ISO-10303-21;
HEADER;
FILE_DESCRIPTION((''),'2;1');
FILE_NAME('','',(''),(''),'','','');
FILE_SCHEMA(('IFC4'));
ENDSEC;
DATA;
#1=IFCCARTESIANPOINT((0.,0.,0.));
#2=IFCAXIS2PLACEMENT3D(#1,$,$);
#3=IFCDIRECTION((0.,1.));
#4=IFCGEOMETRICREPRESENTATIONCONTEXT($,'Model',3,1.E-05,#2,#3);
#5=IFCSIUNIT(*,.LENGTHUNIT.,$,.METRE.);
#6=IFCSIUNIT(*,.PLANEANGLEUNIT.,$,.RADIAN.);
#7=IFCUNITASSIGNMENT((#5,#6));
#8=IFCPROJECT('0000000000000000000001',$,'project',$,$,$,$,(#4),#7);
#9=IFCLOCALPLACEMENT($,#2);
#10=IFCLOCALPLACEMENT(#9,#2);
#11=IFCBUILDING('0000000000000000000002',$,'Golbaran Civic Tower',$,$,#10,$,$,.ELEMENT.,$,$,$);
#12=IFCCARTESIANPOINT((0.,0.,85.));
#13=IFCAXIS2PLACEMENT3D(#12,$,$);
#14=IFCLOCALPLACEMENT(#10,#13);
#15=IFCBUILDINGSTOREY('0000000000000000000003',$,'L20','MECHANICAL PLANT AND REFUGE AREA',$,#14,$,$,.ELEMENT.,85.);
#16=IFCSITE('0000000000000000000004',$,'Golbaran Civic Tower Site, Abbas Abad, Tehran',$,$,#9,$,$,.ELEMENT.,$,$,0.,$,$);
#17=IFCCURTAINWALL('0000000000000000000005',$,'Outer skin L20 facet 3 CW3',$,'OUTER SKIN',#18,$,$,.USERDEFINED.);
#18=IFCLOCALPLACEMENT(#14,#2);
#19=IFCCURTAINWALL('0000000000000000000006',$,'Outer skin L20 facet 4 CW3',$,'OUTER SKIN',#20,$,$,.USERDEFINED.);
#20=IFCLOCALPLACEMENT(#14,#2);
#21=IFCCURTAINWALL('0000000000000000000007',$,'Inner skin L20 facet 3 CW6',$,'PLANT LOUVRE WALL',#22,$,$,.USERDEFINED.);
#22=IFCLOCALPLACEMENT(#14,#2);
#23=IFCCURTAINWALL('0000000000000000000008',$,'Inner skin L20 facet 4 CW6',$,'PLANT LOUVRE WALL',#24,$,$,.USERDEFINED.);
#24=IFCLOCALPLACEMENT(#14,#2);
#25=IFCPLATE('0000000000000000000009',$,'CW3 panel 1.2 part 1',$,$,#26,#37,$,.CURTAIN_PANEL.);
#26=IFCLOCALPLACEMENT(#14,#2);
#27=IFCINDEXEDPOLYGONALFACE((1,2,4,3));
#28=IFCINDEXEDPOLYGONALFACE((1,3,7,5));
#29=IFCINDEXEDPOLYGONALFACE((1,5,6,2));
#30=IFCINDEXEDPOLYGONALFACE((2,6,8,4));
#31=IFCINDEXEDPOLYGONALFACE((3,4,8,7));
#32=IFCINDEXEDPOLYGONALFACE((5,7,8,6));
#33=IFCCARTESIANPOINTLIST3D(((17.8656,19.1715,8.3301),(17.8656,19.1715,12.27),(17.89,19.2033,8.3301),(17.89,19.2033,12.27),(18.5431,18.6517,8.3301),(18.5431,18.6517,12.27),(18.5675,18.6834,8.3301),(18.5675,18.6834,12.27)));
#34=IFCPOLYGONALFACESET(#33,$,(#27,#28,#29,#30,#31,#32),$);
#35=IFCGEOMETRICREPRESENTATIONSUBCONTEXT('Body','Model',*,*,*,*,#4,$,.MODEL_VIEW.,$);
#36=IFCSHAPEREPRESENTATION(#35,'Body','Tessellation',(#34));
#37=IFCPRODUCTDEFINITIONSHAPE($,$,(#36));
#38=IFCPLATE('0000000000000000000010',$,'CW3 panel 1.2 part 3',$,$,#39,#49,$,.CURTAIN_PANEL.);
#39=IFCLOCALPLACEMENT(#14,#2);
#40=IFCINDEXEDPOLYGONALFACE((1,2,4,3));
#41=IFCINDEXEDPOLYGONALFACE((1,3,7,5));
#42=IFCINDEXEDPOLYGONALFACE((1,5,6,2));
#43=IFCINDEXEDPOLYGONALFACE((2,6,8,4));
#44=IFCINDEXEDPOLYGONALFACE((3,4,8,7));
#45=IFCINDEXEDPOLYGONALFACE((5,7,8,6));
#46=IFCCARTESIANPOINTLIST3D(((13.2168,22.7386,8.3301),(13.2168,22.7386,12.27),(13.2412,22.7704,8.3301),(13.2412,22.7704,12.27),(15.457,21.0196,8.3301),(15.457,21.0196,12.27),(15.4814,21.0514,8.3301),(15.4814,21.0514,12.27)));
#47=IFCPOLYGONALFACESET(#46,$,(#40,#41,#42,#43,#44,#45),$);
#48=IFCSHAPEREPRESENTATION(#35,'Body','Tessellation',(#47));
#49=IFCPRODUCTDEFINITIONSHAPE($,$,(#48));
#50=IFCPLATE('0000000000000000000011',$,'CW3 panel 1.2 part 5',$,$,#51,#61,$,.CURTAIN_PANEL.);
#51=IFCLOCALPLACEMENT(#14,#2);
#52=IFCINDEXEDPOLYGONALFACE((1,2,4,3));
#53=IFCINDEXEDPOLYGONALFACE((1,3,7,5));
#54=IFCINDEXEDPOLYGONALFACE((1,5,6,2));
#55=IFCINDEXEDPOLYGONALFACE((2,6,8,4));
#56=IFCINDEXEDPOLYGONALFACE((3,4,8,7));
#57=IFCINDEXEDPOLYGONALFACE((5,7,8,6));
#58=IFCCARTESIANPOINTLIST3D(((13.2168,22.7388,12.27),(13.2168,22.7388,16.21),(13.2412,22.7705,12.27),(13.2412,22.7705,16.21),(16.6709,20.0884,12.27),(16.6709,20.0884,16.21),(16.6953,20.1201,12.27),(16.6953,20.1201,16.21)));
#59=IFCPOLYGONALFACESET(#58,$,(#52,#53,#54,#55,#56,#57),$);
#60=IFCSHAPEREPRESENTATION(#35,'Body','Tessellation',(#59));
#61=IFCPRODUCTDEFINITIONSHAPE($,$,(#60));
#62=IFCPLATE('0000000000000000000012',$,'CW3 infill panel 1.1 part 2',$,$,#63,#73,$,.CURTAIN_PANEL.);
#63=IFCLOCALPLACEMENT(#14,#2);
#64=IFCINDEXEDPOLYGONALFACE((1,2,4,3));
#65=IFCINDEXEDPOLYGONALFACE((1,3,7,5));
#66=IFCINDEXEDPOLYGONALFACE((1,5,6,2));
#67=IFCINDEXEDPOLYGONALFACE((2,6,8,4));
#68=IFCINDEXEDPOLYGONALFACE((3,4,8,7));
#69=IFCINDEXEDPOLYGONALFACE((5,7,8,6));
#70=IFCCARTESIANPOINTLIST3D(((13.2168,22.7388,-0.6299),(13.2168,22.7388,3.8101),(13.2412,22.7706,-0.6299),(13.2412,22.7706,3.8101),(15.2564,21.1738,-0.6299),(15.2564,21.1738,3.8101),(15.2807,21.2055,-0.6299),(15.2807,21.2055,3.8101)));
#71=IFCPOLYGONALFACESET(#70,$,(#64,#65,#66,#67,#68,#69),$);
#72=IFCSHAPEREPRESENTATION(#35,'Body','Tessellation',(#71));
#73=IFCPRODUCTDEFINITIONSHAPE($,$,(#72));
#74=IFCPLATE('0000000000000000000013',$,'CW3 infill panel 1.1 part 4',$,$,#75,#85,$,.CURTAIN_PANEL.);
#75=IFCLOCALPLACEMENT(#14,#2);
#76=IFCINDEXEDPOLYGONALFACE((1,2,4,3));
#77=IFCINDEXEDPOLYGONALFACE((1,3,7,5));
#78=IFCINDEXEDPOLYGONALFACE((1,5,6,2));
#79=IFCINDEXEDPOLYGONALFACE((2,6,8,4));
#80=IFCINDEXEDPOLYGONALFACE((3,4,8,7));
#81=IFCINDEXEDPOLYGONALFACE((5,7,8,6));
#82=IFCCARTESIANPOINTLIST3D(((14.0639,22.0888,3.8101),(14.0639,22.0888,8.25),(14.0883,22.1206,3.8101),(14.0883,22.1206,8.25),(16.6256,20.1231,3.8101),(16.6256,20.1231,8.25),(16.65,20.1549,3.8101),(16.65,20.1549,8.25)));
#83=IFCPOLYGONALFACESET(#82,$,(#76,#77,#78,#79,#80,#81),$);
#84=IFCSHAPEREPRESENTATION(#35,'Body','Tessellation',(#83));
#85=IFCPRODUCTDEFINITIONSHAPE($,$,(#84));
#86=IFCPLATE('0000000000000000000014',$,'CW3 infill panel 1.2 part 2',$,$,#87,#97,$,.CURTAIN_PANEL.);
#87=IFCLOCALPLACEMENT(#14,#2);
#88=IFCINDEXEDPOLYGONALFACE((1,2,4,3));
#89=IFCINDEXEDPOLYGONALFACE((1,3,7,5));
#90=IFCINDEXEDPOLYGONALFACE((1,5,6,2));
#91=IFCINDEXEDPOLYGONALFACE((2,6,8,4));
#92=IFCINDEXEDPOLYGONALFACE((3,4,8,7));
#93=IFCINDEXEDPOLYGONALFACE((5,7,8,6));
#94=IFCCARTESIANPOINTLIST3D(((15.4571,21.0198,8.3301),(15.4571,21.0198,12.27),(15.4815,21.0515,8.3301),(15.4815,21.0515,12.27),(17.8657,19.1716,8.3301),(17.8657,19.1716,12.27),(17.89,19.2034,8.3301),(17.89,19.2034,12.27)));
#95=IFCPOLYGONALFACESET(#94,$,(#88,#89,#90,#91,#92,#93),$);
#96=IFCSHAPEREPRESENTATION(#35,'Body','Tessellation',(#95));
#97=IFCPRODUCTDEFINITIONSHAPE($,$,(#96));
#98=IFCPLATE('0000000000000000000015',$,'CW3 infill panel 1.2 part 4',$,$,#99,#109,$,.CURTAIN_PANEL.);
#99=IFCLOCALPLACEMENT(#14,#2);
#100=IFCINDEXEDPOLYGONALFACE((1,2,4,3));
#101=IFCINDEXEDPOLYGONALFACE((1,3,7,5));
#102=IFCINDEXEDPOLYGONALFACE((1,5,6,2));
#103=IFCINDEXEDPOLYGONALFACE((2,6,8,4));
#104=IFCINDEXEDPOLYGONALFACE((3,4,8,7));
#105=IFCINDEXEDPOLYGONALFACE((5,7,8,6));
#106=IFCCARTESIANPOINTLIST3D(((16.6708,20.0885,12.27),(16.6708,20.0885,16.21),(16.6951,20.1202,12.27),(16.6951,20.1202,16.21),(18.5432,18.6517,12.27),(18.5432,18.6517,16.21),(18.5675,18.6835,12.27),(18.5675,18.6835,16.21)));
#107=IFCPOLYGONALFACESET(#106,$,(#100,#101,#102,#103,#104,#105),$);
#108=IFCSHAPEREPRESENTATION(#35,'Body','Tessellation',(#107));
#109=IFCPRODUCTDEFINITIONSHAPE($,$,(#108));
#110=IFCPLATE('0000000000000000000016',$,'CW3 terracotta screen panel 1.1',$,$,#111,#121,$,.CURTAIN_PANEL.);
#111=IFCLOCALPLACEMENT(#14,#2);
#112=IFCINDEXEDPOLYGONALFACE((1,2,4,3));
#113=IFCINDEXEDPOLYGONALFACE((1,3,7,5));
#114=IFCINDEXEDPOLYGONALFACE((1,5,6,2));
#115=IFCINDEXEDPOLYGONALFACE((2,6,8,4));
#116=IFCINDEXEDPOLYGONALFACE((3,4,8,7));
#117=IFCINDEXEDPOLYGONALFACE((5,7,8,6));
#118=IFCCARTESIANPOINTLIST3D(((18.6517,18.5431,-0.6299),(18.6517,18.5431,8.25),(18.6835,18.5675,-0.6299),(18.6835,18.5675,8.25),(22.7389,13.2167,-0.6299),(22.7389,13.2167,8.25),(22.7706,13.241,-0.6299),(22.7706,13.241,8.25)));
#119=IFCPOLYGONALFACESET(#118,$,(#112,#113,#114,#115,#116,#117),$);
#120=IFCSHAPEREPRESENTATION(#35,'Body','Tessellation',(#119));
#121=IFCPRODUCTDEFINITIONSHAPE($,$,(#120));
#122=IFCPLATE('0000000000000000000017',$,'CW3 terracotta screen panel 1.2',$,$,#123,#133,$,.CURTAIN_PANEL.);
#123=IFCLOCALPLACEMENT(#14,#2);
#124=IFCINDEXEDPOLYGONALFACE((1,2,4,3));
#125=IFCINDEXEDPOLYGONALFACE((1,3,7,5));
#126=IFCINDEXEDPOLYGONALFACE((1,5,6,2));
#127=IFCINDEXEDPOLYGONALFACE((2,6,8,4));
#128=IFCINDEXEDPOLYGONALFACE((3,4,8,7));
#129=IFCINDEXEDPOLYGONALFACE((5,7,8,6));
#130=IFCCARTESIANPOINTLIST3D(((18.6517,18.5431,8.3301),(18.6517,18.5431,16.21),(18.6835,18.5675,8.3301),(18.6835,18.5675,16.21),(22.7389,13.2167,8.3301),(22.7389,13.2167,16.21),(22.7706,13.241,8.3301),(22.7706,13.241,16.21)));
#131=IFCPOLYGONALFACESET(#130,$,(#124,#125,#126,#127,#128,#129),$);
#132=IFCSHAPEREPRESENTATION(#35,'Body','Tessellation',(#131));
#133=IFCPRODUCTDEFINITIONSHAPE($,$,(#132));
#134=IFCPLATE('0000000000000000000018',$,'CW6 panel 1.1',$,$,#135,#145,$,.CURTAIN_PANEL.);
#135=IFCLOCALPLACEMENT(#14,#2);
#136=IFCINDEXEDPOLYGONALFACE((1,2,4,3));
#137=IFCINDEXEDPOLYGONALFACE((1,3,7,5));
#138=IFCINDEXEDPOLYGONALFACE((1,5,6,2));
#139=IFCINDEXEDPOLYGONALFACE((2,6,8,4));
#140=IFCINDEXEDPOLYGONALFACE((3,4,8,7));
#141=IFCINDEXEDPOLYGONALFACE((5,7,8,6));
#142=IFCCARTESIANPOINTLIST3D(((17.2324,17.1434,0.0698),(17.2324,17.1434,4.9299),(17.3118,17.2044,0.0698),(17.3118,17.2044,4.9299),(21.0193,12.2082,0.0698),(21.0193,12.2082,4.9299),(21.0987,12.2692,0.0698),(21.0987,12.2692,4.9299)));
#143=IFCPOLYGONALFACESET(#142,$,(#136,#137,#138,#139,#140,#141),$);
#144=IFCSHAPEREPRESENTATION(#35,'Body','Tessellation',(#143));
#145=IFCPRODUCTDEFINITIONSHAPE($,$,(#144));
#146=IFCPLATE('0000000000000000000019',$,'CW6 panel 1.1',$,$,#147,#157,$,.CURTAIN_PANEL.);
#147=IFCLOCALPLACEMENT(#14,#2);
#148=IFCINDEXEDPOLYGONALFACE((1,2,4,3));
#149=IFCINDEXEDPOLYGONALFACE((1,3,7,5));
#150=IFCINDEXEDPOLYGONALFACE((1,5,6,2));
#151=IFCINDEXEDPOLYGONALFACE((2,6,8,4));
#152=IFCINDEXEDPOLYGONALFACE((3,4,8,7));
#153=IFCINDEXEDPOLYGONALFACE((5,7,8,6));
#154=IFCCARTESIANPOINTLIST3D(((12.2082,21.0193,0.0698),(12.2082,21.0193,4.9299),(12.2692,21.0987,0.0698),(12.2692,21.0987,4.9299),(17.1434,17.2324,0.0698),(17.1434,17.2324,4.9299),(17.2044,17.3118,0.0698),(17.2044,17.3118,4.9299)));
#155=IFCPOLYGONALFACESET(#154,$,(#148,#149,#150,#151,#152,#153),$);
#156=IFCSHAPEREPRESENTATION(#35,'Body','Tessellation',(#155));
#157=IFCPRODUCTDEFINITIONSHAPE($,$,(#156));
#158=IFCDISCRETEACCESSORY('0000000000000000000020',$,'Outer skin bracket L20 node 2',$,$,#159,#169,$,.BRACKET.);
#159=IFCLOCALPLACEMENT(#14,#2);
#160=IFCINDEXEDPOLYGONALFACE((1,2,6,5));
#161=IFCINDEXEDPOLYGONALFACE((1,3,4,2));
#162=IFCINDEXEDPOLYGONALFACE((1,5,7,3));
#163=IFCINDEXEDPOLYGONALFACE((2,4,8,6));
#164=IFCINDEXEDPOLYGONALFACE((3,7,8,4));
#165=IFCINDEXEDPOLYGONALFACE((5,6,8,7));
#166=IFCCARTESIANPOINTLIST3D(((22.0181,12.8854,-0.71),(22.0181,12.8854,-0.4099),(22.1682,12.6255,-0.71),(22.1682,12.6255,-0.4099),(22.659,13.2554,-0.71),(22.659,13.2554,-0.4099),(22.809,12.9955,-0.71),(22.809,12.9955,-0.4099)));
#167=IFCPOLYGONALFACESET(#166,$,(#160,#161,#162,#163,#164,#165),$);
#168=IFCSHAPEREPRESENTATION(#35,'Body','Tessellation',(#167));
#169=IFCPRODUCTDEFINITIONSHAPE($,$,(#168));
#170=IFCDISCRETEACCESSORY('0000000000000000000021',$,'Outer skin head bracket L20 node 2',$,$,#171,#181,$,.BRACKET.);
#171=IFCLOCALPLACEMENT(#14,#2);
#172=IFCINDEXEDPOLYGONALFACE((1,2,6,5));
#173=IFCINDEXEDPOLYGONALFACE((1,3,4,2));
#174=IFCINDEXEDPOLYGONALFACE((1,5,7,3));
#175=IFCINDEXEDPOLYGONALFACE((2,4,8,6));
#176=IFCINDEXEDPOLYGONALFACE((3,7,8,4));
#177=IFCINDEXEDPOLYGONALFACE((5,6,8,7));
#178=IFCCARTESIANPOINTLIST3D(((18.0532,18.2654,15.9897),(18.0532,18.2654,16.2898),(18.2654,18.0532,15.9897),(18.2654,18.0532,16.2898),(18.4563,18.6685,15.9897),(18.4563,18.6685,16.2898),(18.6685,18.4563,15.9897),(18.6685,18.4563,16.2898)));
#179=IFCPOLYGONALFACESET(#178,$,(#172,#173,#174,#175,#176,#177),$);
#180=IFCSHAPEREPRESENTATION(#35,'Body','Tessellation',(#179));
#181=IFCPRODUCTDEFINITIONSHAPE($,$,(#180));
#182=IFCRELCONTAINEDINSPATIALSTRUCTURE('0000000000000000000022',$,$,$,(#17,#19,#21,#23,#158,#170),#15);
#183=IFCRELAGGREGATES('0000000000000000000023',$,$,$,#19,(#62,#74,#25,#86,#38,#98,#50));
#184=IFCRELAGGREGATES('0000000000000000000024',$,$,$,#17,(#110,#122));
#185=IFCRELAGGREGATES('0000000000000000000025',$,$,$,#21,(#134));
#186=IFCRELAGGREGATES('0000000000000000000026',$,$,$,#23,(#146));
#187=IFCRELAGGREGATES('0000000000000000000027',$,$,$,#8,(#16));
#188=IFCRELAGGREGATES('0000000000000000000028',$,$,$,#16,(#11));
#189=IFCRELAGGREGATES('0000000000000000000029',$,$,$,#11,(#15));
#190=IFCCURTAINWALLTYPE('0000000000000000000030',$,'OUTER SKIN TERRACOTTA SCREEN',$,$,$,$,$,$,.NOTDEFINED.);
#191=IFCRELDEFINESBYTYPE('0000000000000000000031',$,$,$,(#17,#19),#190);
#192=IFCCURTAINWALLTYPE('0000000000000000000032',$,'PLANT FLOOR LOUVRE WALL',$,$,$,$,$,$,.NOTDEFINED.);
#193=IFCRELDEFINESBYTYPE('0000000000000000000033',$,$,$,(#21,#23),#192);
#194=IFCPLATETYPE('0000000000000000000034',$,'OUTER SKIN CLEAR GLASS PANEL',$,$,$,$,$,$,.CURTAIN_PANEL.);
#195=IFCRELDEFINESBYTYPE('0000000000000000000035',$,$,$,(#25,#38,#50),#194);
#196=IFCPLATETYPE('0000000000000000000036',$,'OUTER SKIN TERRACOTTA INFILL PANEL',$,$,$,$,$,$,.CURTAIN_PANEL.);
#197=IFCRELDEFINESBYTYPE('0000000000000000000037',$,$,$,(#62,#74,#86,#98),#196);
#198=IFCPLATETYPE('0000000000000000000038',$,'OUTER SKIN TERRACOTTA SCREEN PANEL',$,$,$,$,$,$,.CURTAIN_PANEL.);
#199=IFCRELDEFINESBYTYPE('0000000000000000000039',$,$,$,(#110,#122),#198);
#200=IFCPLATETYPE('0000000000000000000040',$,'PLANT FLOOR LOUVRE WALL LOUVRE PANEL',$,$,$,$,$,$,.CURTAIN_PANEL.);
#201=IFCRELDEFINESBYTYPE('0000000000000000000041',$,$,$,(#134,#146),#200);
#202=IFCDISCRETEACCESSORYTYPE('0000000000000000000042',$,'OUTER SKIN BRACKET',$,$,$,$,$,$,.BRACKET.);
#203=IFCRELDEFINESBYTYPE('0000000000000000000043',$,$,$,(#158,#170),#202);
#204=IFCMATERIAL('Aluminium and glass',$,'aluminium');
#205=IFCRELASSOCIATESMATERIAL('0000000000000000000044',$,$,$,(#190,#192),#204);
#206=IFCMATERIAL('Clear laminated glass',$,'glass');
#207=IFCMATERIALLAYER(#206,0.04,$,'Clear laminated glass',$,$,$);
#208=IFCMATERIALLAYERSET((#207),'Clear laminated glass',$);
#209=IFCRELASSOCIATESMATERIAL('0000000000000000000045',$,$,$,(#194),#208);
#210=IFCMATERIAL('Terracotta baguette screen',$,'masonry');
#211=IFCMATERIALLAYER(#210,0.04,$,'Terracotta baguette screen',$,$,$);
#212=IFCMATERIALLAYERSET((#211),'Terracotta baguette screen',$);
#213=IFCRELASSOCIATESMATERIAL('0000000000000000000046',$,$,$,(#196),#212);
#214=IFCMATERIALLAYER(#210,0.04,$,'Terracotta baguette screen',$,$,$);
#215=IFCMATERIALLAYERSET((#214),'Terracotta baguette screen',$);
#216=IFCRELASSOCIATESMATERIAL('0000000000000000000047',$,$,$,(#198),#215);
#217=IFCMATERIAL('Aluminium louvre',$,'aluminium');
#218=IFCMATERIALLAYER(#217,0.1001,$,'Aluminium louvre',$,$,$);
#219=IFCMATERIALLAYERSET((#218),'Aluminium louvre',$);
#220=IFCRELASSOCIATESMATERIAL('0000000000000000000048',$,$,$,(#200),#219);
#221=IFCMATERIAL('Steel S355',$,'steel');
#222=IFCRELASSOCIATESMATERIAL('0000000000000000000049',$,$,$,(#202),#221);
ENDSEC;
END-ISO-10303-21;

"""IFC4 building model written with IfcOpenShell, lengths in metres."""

from ifc_helpers import new_model, si_unit, direction, frame, origin, origin_2d, place, context, subcontext, project, spatial, rectangle, extrude, material, layer, layer_set, type_object, element, aggregate, save


model = new_model("IFC4")

# Units and contexts
model_context = context("Model", 3, precision=1e-05, world=origin(), true_north=direction((0.0, 1.0)))
body_context = subcontext(model_context, "Body", "Model", "MODEL_VIEW")
ifc_project = project(units=[si_unit("LENGTHUNIT", "METRE"), si_unit("PLANEANGLEUNIT", "RADIAN")], contexts=[model_context])

# Site, building, storey
site_placement = place(None, origin())
site = spatial("IfcSite", under=ifc_project, at=site_placement, Name="Golbaran Civic Tower Site, Abbas Abad, Tehran", CompositionType="ELEMENT", RefElevation=0.0)
building_placement = place(site_placement, origin())
building = spatial("IfcBuilding", under=site, at=building_placement, Name="Golbaran Civic Tower", CompositionType="ELEMENT")
storey_placement = place(building_placement, frame((0.0, 0.0, 85.0)))
storey = spatial("IfcBuildingStorey", under=building, at=storey_placement, Name="L20", Description="MECHANICAL PLANT AND REFUGE AREA", CompositionType="ELEMENT", Elevation=85.0)

# Shared definitions
ifc_material_1 = material(Name="Steel S355", Category="steel")

# Shared definitions
ifc_material_2 = material(Name="Aluminium and glass", Category="aluminium")
curtain_wall_type_1 = type_object("IfcCurtainWallType", Name="OUTER SKIN TERRACOTTA SCREEN", PredefinedType="NOTDEFINED", material=ifc_material_2)

# Curtain walls
curtain_wall_1_placement = place(storey_placement, origin())
curtain_wall_1 = element("IfcCurtainWall", 1, at=curtain_wall_1_placement, inside=storey, type_object=curtain_wall_type_1, Name="Outer skin L20 facet 3 CW3", ObjectType="OUTER SKIN", PredefinedType="USERDEFINED")
curtain_wall_2_placement = place(storey_placement, origin())
curtain_wall_2 = element("IfcCurtainWall", 2, at=curtain_wall_2_placement, inside=storey, type_object=curtain_wall_type_1, Name="Outer skin L20 facet 4 CW3", ObjectType="OUTER SKIN", PredefinedType="USERDEFINED")

# Shared definitions
curtain_wall_type_2 = type_object("IfcCurtainWallType", Name="PLANT FLOOR LOUVRE WALL", PredefinedType="NOTDEFINED", material=ifc_material_2)

# Curtain wall
curtain_wall_3_placement = place(storey_placement, origin())
curtain_wall_3 = element("IfcCurtainWall", 3, at=curtain_wall_3_placement, inside=storey, type_object=curtain_wall_type_2, Name="Inner skin L20 facet 3 CW6", ObjectType="PLANT LOUVRE WALL", PredefinedType="USERDEFINED")

# Curtain wall
curtain_wall_4_placement = place(storey_placement, origin())
curtain_wall_4 = element("IfcCurtainWall", 4, at=curtain_wall_4_placement, inside=storey, type_object=curtain_wall_type_2, Name="Inner skin L20 facet 4 CW6", ObjectType="PLANT LOUVRE WALL", PredefinedType="USERDEFINED")

# Plates
ifc_material_3 = material(Name="Clear laminated glass", Category="glass")
ifc_layer_1 = layer(ifc_material_3, 0.04, Name="Clear laminated glass")
ifc_layer_set_1 = layer_set([ifc_layer_1], Name="Clear laminated glass")
plate_type_1 = type_object("IfcPlateType", Name="OUTER SKIN CLEAR GLASS PANEL", PredefinedType="CURTAIN_PANEL", material=ifc_layer_set_1)
plate_1_placement = place(storey_placement, frame((18.2166, 18.9275, 8.3301), z_axis=(0.0, 0.0, 1.0), x_axis=(-0.793353, 0.608761, 0.0)))
plate_1 = element("IfcPlate", 5, at=plate_1_placement, type_object=plate_type_1, Name="CW3 panel 1.2 part 1", PredefinedType="CURTAIN_PANEL", context=body_context, shape_type="SweptSolid", body=[
    extrude(rectangle(XDim=0.854, YDim=0.04, at=origin_2d()), origin(), (0.0, 0.0, 1.0), 3.9399),
])
plate_2_placement = place(storey_placement, frame((14.3491, 21.895, 8.3301), z_axis=(0.0, 0.0, 1.0), x_axis=(-0.793353, 0.608761, 0.0)))
plate_2 = element("IfcPlate", 6, at=plate_2_placement, type_object=plate_type_1, Name="CW3 panel 1.2 part 3", PredefinedType="CURTAIN_PANEL", context=body_context, shape_type="SweptSolid", body=[
    extrude(rectangle(XDim=2.8237, YDim=0.04, at=origin_2d()), origin(), (0.0, 0.0, 1.0), 3.9399),
])
plate_3_placement = place(storey_placement, frame((14.9561, 21.4294, 12.27), z_axis=(0.0, 0.0, 1.0), x_axis=(-0.793353, 0.608761, 0.0)))
plate_3 = element("IfcPlate", 7, at=plate_3_placement, type_object=plate_type_1, Name="CW3 panel 1.2 part 5", PredefinedType="CURTAIN_PANEL", context=body_context, shape_type="SweptSolid", body=[
    extrude(rectangle(XDim=4.3538, YDim=0.04, at=origin_2d()), origin(), (0.0, 0.0, 1.0), 3.9399),
])
ifc_material_4 = material(Name="Terracotta baguette screen", Category="masonry")
ifc_layer_2 = layer(ifc_material_4, 0.04, Name="Terracotta baguette screen")
ifc_layer_set_2 = layer_set([ifc_layer_2], Name="Terracotta baguette screen")
plate_type_2 = type_object("IfcPlateType", Name="OUTER SKIN TERRACOTTA INFILL PANEL", PredefinedType="CURTAIN_PANEL", material=ifc_layer_set_2)
plate_4_placement = place(storey_placement, frame((14.2488, 21.9722, -0.6299), z_axis=(0.0, 0.0, 1.0), x_axis=(-0.793353, 0.608761, 0.0)))
plate_4 = element("IfcPlate", 8, at=plate_4_placement, type_object=plate_type_2, Name="CW3 infill panel 1.1 part 2", PredefinedType="CURTAIN_PANEL", context=body_context, shape_type="SweptSolid", body=[
    extrude(rectangle(XDim=2.5708, YDim=0.04, at=origin_2d()), origin(), (0.0, 0.0, 1.0), 4.4399),
])
plate_5_placement = place(storey_placement, frame((15.3569, 21.1218, 3.8101), z_axis=(0.0, 0.0, 1.0), x_axis=(-0.793353, 0.608761, 0.0)))
plate_5 = element("IfcPlate", 9, at=plate_5_placement, type_object=plate_type_2, Name="CW3 infill panel 1.1 part 4", PredefinedType="CURTAIN_PANEL", context=body_context, shape_type="SweptSolid", body=[
    extrude(rectangle(XDim=3.229, YDim=0.04, at=origin_2d()), origin(), (0.0, 0.0, 1.0), 4.4399),
])
plate_6_placement = place(storey_placement, frame((16.6736, 20.1116, 8.3301), z_axis=(0.0, 0.0, 1.0), x_axis=(-0.793353, 0.608761, 0.0)))
plate_6 = element("IfcPlate", 10, at=plate_6_placement, type_object=plate_type_2, Name="CW3 infill panel 1.2 part 2", PredefinedType="CURTAIN_PANEL", context=body_context, shape_type="SweptSolid", body=[
    extrude(rectangle(XDim=3.0359, YDim=0.04, at=origin_2d()), origin(), (0.0, 0.0, 1.0), 3.9399),
])
plate_7_placement = place(storey_placement, frame((17.6191, 19.386, 12.27), z_axis=(0.0, 0.0, 1.0), x_axis=(-0.793353, 0.608761, 0.0)))
plate_7 = element("IfcPlate", 11, at=plate_7_placement, type_object=plate_type_2, Name="CW3 infill panel 1.2 part 4", PredefinedType="CURTAIN_PANEL", context=body_context, shape_type="SweptSolid", body=[
    extrude(rectangle(XDim=2.3601, YDim=0.04, at=origin_2d()), origin(), (0.0, 0.0, 1.0), 3.9399),
])
aggregate(curtain_wall_2, [plate_4, plate_5, plate_1, plate_6, plate_2, plate_7, plate_3])
ifc_layer_3 = layer(ifc_material_4, 0.04, Name="Terracotta baguette screen")
ifc_layer_set_3 = layer_set([ifc_layer_3], Name="Terracotta baguette screen")
plate_type_3 = type_object("IfcPlateType", Name="OUTER SKIN TERRACOTTA SCREEN PANEL", PredefinedType="CURTAIN_PANEL", material=ifc_layer_set_3)
plate_8_placement = place(storey_placement, frame((20.7112, 15.8921, -0.6299), z_axis=(0.0, 0.0, 1.0), x_axis=(-0.608761, 0.793353, 0.0)))
plate_8 = element("IfcPlate", 12, at=plate_8_placement, type_object=plate_type_3, Name="CW3 terracotta screen panel 1.1", PredefinedType="CURTAIN_PANEL", context=body_context, shape_type="SweptSolid", body=[
    extrude(rectangle(XDim=6.7139, YDim=0.04, at=origin_2d()), origin(), (0.0, 0.0, 1.0), 8.8799),
])
plate_9_placement = place(storey_placement, frame((20.7112, 15.8921, 8.3301), z_axis=(0.0, 0.0, 1.0), x_axis=(-0.608761, 0.793353, 0.0)))
plate_9 = element("IfcPlate", 13, at=plate_9_placement, type_object=plate_type_3, Name="CW3 terracotta screen panel 1.2", PredefinedType="CURTAIN_PANEL", context=body_context, shape_type="SweptSolid", body=[
    extrude(rectangle(XDim=6.7139, YDim=0.04, at=origin_2d()), origin(), (0.0, 0.0, 1.0), 7.8799),
])
aggregate(curtain_wall_1, [plate_8, plate_9])
ifc_material_5 = material(Name="Aluminium louvre", Category="aluminium")
ifc_layer_4 = layer(ifc_material_5, 0.1001, Name="Aluminium louvre")
ifc_layer_set_4 = layer_set([ifc_layer_4], Name="Aluminium louvre")
plate_type_4 = type_object("IfcPlateType", Name="PLANT FLOOR LOUVRE WALL LOUVRE PANEL", PredefinedType="CURTAIN_PANEL", material=ifc_layer_set_4)
plate_10_placement = place(storey_placement, frame((19.1655, 14.7063, 0.0698), z_axis=(0.0, 0.0, 1.0), x_axis=(-0.608761, 0.793353, 0.0)))
plate_10 = element("IfcPlate", 14, at=plate_10_placement, type_object=plate_type_4, Name="CW6 panel 1.1", PredefinedType="CURTAIN_PANEL", context=body_context, shape_type="SweptSolid", body=[
    extrude(rectangle(XDim=6.2207, YDim=0.1001, at=origin_2d()), origin(), (0.0, 0.0, 1.0), 4.8601),
])
aggregate(curtain_wall_3, [plate_10])
plate_11_placement = place(storey_placement, frame((14.7063, 19.1655, 0.0698), z_axis=(0.0, 0.0, 1.0), x_axis=(-0.793353, 0.608761, 0.0)))
plate_11 = element("IfcPlate", 15, at=plate_11_placement, type_object=plate_type_4, Name="CW6 panel 1.1", PredefinedType="CURTAIN_PANEL", context=body_context, shape_type="SweptSolid", body=[
    extrude(rectangle(XDim=6.2207, YDim=0.1001, at=origin_2d()), origin(), (0.0, 0.0, 1.0), 4.8601),
])
aggregate(curtain_wall_4, [plate_11])

# Discrete accessories
discrete_accessory_type = type_object("IfcDiscreteAccessoryType", Name="OUTER SKIN BRACKET", PredefinedType="BRACKET", material=ifc_material_1)
discrete_accessory_1_placement = place(storey_placement, frame((22.4136, 12.9404, -0.71), z_axis=(0.0, 0.0, 1.0), x_axis=(0.866025, 0.5, 0.0)))
element("IfcDiscreteAccessory", 16, at=discrete_accessory_1_placement, inside=storey, type_object=discrete_accessory_type, Name="Outer skin bracket L20 node 2", PredefinedType="BRACKET", context=body_context, shape_type="SweptSolid", body=[
    extrude(rectangle(XDim=0.74, YDim=0.3, at=origin_2d()), origin(), (0.0, 0.0, 1.0), 0.3),
])
discrete_accessory_2_placement = place(storey_placement, frame((18.3608, 18.3608, 15.9897), z_axis=(0.0, 0.0, 1.0), x_axis=(0.707107, 0.707107, 0.0)))
element("IfcDiscreteAccessory", 17, at=discrete_accessory_2_placement, inside=storey, type_object=discrete_accessory_type, Name="Outer skin head bracket L20 node 2", PredefinedType="BRACKET", context=body_context, shape_type="SweptSolid", body=[
    extrude(rectangle(XDim=0.5701, YDim=0.3, at=origin_2d()), origin(), (0.0, 0.0, 1.0), 0.3),
])

save(model, "model.ifc")
